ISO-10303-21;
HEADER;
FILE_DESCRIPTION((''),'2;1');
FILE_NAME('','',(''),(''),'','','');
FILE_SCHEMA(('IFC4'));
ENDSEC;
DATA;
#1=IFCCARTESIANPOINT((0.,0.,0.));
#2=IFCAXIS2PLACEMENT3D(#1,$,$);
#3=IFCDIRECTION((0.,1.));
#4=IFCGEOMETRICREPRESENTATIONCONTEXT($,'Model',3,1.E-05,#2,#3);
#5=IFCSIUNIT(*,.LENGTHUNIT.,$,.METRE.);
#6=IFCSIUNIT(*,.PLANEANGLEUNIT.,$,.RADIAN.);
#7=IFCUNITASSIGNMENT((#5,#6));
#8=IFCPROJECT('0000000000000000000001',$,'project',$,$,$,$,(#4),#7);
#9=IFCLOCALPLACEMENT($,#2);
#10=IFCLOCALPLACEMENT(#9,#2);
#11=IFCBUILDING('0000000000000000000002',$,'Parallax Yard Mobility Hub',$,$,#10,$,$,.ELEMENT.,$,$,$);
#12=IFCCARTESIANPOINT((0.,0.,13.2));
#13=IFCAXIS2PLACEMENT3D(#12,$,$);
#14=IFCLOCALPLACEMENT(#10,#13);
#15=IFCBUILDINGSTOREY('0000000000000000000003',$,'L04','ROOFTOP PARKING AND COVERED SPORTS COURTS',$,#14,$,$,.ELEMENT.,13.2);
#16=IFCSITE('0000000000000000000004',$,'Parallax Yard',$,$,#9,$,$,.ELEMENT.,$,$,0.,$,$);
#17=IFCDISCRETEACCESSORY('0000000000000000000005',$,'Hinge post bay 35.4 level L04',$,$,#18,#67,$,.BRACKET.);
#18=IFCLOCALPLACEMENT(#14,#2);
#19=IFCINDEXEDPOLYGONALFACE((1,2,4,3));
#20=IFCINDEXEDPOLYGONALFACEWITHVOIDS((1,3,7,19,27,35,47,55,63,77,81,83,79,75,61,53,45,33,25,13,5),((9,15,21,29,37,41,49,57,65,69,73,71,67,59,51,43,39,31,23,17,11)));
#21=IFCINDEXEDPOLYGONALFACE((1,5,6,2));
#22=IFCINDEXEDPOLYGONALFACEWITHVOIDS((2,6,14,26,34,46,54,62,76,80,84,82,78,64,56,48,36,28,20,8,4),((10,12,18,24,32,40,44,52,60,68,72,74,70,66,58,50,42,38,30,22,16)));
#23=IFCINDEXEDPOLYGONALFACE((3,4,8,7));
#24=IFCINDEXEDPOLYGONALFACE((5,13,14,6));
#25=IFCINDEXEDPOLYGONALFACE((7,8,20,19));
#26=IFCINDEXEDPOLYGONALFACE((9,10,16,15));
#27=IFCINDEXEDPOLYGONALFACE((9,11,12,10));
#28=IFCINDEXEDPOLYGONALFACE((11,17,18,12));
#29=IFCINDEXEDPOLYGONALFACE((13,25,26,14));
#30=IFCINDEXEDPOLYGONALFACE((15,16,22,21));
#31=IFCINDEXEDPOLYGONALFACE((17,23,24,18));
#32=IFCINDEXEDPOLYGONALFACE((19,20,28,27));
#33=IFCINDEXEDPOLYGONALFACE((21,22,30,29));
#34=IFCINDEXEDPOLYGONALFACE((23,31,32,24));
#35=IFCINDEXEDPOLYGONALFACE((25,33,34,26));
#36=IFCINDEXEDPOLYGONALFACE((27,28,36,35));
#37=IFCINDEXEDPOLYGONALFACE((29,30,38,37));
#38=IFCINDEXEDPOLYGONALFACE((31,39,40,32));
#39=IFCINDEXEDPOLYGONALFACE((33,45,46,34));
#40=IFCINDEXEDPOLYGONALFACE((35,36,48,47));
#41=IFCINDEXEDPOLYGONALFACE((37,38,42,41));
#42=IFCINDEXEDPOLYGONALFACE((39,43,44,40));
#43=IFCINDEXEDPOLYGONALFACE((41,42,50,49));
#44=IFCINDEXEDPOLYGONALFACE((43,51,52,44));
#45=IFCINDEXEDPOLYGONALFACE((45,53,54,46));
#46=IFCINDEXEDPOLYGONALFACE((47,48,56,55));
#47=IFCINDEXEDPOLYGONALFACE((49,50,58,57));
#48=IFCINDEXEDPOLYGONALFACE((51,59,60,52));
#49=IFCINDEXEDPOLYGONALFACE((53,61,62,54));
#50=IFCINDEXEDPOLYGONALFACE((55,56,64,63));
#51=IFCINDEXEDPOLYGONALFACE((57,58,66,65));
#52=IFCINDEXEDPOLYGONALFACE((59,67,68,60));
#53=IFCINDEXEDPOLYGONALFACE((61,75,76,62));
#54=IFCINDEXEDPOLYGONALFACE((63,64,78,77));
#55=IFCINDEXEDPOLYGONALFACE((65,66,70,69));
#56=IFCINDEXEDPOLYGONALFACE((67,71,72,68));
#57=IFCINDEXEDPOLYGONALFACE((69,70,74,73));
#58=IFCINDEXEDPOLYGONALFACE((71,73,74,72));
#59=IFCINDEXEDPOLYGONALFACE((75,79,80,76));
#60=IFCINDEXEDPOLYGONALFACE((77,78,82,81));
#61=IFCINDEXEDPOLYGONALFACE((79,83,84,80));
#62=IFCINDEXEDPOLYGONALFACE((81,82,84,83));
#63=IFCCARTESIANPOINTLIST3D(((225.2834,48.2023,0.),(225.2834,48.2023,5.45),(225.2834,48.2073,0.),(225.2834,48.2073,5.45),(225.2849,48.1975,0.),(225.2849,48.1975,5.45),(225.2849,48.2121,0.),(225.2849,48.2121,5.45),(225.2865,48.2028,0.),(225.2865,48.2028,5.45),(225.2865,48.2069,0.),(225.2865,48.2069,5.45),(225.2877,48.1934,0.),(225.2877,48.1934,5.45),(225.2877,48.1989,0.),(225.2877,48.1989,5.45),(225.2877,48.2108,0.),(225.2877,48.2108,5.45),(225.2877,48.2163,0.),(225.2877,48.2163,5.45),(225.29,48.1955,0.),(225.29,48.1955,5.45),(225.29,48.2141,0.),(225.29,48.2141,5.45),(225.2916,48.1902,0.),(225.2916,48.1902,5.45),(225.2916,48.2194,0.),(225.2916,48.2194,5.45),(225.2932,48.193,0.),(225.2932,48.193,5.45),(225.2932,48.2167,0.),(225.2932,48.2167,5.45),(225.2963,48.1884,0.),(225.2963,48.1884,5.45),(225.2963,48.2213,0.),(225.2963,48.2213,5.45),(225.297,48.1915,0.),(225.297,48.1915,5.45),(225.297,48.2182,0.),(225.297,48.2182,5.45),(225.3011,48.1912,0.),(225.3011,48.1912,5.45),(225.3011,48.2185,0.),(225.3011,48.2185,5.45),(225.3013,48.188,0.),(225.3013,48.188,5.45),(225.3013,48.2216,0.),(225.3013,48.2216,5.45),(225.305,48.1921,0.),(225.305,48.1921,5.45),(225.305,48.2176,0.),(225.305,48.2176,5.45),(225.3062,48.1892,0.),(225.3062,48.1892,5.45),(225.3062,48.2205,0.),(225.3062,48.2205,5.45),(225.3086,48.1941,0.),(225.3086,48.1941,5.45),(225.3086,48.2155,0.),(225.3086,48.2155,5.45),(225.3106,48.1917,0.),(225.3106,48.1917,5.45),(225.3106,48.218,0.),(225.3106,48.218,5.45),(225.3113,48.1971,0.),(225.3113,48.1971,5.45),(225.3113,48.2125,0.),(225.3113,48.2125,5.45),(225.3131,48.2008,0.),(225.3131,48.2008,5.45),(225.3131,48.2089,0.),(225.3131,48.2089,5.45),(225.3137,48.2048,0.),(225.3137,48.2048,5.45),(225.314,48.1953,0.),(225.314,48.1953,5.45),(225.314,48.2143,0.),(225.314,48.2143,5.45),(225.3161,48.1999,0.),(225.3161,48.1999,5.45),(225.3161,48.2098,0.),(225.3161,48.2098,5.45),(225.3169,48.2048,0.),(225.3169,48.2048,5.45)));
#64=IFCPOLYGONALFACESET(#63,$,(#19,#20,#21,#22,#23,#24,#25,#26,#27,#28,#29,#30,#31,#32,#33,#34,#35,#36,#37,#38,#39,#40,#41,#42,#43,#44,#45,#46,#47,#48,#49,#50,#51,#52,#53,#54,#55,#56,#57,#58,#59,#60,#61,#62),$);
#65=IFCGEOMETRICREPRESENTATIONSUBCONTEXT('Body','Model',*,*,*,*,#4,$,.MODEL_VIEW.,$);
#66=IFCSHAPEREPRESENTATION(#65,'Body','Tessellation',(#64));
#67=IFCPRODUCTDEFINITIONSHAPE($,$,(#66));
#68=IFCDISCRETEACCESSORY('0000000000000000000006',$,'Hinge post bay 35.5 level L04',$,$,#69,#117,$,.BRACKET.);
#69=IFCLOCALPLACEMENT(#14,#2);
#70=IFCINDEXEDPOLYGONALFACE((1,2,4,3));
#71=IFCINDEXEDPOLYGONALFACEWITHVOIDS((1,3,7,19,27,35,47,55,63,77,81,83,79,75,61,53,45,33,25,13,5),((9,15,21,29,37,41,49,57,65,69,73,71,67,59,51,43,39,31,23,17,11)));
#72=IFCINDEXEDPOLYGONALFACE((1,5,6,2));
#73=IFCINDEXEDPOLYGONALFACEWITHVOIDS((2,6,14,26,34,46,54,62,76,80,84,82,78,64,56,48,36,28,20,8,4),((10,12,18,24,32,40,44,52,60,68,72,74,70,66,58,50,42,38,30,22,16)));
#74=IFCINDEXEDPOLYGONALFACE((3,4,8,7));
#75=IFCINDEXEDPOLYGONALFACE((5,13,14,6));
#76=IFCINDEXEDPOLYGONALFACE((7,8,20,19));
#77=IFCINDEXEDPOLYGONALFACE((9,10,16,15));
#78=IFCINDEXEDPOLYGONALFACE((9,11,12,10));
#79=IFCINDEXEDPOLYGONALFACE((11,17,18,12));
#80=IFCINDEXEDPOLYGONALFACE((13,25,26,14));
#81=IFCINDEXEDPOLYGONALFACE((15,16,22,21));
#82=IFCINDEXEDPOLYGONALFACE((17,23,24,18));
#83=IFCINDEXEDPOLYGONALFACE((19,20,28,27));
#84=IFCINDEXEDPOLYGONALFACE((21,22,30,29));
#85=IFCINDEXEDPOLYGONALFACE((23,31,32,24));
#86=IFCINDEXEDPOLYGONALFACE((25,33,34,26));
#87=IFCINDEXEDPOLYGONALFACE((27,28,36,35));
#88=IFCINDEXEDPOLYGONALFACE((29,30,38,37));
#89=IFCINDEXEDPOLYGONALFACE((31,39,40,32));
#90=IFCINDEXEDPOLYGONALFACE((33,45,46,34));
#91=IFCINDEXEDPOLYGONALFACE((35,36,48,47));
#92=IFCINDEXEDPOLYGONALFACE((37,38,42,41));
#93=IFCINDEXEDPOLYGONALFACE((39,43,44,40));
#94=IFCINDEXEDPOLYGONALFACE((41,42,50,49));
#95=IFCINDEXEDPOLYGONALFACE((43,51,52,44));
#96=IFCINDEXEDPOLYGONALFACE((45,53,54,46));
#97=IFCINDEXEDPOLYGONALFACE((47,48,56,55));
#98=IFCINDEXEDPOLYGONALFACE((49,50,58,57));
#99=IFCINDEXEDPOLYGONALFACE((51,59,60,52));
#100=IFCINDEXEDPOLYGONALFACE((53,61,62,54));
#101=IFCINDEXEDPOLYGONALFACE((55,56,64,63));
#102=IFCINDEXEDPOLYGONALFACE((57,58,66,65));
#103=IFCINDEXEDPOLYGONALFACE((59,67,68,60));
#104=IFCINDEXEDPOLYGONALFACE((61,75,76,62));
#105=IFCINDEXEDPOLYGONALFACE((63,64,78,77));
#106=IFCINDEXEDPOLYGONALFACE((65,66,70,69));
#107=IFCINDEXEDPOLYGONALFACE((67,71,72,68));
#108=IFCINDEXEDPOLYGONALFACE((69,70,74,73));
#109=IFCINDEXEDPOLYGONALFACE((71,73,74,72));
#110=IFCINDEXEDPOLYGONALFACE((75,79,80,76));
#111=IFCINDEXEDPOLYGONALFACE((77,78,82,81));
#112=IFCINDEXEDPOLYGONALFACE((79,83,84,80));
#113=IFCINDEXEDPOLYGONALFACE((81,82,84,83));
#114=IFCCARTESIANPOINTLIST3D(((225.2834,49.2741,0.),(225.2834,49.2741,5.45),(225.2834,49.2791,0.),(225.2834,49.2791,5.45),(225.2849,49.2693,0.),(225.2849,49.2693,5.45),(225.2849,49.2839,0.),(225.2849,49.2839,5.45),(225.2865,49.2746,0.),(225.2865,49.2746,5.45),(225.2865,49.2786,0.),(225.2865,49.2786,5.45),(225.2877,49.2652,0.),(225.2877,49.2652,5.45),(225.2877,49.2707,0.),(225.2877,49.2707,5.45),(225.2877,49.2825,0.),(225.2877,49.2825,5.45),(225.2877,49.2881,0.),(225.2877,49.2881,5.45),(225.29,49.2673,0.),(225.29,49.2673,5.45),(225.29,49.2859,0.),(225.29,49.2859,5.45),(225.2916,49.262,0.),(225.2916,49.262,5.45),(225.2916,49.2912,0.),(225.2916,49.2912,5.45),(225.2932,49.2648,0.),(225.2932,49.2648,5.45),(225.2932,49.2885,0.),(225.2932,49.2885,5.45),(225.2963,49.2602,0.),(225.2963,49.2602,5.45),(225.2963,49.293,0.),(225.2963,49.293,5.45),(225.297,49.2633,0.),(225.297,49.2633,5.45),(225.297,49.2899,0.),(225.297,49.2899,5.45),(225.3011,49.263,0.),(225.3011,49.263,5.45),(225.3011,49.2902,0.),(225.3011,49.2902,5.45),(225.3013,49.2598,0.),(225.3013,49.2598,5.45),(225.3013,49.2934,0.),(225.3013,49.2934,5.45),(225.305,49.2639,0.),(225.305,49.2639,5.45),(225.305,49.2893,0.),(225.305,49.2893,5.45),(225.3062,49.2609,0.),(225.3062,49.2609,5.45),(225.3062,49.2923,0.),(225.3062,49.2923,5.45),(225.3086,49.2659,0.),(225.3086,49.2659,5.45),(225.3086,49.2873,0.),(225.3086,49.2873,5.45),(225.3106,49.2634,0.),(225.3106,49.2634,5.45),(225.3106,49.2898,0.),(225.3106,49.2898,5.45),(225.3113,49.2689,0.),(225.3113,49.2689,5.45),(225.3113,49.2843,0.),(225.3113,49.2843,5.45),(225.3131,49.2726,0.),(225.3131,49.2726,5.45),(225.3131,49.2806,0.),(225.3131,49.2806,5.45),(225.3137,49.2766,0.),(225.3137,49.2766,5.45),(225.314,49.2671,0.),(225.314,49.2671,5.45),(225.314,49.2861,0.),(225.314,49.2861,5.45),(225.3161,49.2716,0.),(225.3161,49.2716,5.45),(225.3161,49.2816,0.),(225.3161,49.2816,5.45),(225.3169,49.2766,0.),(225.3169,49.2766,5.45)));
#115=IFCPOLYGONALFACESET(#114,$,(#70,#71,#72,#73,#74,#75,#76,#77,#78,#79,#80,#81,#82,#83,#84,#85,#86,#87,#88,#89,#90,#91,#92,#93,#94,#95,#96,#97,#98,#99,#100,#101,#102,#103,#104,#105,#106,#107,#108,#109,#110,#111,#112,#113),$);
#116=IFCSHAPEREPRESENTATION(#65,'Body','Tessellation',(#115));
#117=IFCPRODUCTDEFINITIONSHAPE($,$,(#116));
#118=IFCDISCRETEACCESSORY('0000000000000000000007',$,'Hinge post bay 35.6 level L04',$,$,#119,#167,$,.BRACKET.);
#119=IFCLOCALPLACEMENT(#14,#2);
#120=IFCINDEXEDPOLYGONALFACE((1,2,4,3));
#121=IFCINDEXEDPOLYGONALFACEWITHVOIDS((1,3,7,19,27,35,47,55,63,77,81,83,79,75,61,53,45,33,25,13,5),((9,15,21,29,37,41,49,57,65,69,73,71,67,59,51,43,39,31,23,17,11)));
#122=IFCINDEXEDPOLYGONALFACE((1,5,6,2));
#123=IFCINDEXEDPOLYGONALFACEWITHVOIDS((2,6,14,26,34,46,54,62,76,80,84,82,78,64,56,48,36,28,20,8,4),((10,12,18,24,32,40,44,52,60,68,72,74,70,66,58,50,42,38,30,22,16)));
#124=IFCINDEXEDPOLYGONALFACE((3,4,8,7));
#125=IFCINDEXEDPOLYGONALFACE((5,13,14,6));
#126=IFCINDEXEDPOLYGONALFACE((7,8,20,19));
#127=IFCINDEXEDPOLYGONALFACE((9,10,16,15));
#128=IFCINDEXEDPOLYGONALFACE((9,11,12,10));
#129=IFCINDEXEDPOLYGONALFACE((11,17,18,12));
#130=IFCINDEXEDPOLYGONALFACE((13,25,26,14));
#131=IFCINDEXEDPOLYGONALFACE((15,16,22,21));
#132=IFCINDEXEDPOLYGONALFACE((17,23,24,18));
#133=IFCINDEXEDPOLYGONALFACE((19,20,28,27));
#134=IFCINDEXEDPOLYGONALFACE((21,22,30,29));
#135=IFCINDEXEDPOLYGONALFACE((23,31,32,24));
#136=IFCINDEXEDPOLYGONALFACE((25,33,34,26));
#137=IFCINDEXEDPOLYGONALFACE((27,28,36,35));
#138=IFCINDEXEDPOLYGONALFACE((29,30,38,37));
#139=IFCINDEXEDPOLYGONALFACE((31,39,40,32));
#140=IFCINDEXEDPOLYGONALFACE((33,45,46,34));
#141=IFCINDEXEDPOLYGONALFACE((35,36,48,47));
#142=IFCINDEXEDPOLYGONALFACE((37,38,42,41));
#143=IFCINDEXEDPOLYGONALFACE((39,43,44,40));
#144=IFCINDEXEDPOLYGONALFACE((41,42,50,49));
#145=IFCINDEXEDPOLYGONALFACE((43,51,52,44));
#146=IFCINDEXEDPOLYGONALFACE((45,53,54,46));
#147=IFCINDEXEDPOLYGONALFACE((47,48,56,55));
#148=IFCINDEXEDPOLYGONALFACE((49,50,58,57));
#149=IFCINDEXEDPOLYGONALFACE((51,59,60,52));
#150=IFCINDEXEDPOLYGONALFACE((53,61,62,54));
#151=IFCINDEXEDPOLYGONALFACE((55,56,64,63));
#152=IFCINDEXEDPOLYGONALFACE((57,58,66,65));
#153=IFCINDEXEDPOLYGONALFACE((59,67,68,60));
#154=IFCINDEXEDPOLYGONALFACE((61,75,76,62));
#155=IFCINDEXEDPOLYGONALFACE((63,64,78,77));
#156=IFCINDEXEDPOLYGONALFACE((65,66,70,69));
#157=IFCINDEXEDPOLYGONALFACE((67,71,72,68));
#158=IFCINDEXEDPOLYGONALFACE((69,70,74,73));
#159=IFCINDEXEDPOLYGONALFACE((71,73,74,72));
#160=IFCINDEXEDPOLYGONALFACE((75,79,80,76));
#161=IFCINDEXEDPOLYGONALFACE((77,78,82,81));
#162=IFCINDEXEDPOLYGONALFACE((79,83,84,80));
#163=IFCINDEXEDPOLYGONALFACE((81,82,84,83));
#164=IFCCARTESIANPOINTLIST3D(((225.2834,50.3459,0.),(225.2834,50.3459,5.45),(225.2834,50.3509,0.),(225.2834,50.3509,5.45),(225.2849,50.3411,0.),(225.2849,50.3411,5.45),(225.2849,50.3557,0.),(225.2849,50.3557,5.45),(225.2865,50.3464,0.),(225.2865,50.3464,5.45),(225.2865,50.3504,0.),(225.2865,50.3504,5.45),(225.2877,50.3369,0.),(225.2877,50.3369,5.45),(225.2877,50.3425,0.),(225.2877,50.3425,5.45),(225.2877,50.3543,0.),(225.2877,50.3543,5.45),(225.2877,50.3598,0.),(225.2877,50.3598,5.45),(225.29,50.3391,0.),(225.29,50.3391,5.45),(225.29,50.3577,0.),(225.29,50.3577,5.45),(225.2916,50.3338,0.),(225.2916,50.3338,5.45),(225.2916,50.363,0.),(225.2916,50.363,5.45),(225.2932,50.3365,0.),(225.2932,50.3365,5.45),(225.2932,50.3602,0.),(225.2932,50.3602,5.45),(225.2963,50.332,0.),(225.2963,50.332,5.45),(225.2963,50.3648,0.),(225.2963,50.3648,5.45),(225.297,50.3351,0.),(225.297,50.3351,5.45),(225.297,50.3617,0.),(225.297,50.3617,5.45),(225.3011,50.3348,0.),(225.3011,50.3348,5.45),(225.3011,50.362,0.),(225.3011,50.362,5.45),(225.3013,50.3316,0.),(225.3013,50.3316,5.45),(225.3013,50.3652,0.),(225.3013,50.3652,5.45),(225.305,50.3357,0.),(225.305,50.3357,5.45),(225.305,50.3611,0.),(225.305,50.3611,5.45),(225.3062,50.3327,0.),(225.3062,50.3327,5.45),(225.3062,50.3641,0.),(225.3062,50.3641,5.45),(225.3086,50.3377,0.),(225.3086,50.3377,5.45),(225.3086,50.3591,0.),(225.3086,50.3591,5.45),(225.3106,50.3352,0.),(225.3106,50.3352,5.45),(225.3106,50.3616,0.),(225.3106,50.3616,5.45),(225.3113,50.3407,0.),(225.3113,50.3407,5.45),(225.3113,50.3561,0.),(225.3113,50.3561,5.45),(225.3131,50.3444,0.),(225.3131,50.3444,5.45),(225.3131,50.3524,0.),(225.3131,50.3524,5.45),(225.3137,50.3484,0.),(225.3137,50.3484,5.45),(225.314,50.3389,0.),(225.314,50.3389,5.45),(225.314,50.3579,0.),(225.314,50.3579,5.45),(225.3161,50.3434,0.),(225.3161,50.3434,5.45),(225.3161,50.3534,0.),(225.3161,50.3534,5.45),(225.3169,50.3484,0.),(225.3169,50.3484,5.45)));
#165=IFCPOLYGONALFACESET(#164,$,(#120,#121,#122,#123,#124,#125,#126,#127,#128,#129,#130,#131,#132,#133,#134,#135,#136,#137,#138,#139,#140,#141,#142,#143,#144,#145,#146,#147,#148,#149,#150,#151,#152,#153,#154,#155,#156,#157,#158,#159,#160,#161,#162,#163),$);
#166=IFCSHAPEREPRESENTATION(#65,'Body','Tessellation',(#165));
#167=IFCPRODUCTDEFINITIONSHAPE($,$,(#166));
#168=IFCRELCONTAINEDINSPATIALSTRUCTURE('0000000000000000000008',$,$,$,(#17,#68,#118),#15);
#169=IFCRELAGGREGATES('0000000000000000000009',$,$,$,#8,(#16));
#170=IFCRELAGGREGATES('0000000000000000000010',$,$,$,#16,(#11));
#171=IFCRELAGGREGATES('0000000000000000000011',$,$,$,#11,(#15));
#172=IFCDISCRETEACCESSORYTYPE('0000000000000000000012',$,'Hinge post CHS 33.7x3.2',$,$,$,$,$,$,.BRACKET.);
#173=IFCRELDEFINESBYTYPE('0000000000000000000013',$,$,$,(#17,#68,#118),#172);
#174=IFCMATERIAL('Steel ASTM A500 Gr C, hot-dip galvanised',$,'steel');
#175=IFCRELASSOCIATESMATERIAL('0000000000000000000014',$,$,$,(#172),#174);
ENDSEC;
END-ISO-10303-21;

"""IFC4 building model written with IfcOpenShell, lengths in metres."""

from ifc_helpers import new_model, si_unit, direction, frame, origin, origin_2d, place, context, subcontext, project, spatial, hollow_circle, extrude, material, material_profile, profile_set, type_object, element, save


model = new_model("IFC4")

# Units and contexts
model_context = context("Model", 3, precision=1e-05, world=origin(), true_north=direction((0.0, 1.0)))
body_context = subcontext(model_context, "Body", "Model", "MODEL_VIEW")
ifc_project = project(units=[si_unit("LENGTHUNIT", "METRE"), si_unit("PLANEANGLEUNIT", "RADIAN")], contexts=[model_context])

# Site, building, storey
site_placement = place(None, origin())
site = spatial("IfcSite", under=ifc_project, at=site_placement, Name="Parallax Yard", CompositionType="ELEMENT", RefElevation=0.0)
building_placement = place(site_placement, origin())
building = spatial("IfcBuilding", under=site, at=building_placement, Name="Parallax Yard Mobility Hub", CompositionType="ELEMENT")
storey_placement = place(building_placement, frame((0.0, 0.0, 13.2)))
storey = spatial("IfcBuildingStorey", under=building, at=storey_placement, Name="L04", Description="ROOFTOP PARKING AND COVERED SPORTS COURTS", CompositionType="ELEMENT", Elevation=13.2)

# Discrete accessories
ifc_material_1 = material(Name="Steel ASTM A500 Gr C, hot-dip galvanised", Category="steel")
ifc_material_profile = material_profile(ifc_material_1, hollow_circle(Radius=0.0168, WallThickness=0.0032, at=origin_2d()), Name="CHS 33.7x3.2")
ifc_profile_set = profile_set([ifc_material_profile], Name="Steel ASTM A500 Gr C, hot-dip galvanised")
discrete_accessory_type = type_object("IfcDiscreteAccessoryType", Name="Hinge post CHS 33.7x3.2", PredefinedType="BRACKET", material=ifc_profile_set)
for number, where, z_axis, x_axis, name in (
    (1, (225.3, 48.2048, 0.0), (0.0, 0.0, 1.0), (1.0, 0.0, 0.0), "Hinge post bay 35.4 level L04"),
    (2, (225.3, 49.2766, 0.0), (0.0, 0.0, 1.0), (1.0, 0.0, 0.0), "Hinge post bay 35.5 level L04"),
    (3, (225.3, 50.3484, 0.0), (0.0, 0.0, 1.0), (1.0, 0.0, 0.0), "Hinge post bay 35.6 level L04"),
):
    element("IfcDiscreteAccessory", number, at=place(storey_placement, frame(where, z_axis=z_axis, x_axis=x_axis)), inside=storey, type_object=discrete_accessory_type, Name=name, PredefinedType="BRACKET", context=body_context, shape_type="SweptSolid", body=[
        extrude(hollow_circle(Radius=0.0168, WallThickness=0.0032, at=origin_2d()), origin(), (0.0, 0.0, 1.0), 5.45),
    ])

save(model, "model.ifc")
